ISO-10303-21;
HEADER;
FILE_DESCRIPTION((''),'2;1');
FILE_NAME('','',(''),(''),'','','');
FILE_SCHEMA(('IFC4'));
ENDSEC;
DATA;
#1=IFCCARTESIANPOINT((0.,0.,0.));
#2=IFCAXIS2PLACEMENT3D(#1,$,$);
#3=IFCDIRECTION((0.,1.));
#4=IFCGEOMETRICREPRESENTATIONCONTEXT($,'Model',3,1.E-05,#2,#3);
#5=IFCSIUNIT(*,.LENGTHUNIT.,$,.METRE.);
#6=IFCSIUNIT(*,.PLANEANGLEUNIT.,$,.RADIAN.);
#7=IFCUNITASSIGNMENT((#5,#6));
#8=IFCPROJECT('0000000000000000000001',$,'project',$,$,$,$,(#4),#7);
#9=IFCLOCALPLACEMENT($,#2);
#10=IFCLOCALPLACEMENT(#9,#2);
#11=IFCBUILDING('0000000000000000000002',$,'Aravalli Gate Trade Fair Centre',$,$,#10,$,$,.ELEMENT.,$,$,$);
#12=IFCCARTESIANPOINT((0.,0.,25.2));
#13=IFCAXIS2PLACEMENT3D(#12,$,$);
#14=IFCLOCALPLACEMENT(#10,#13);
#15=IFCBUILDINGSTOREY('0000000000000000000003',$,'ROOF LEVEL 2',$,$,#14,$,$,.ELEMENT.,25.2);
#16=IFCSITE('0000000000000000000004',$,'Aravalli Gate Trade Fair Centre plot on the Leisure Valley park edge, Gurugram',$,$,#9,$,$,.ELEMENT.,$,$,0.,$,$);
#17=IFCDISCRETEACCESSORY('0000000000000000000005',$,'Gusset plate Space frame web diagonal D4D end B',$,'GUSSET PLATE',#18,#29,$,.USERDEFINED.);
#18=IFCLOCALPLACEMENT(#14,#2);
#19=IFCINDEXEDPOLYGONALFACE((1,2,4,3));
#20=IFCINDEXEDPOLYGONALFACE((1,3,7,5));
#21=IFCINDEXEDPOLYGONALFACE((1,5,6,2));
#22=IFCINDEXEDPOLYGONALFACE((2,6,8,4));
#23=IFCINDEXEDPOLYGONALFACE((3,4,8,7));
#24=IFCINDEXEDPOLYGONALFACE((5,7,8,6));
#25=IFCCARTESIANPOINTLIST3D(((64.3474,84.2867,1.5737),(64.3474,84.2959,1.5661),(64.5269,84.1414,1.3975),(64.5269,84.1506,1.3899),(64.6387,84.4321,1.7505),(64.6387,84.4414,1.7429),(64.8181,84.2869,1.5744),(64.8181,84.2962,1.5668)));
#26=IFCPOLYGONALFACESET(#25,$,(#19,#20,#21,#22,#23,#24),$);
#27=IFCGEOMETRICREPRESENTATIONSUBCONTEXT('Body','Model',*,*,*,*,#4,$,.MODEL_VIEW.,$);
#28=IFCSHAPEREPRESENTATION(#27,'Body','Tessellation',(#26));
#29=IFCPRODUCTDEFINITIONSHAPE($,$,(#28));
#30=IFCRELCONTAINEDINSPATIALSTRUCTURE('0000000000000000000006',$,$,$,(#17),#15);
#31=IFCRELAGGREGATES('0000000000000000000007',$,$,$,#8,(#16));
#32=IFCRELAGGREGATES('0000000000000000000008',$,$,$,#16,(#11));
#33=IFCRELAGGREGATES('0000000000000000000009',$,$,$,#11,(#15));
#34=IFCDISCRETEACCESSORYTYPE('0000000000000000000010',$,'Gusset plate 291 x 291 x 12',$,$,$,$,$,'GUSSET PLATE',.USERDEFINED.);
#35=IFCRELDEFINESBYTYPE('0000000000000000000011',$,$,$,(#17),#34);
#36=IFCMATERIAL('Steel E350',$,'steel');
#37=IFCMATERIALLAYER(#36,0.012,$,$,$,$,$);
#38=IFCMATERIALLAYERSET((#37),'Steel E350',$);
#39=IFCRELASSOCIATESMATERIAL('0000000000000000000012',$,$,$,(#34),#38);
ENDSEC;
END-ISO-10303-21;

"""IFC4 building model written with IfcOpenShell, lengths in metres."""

from ifc_helpers import new_model, si_unit, direction, frame, origin, place, context, subcontext, project, spatial, polyline, outline, extrude, material, layer, layer_set, type_object, element, save


model = new_model("IFC4")

# Units and contexts
model_context = context("Model", 3, precision=1e-05, world=origin(), true_north=direction((0.0, 1.0)))
body_context = subcontext(model_context, "Body", "Model", "MODEL_VIEW")
ifc_project = project(units=[si_unit("LENGTHUNIT", "METRE"), si_unit("PLANEANGLEUNIT", "RADIAN")], contexts=[model_context])

# Site, building, storey
site_placement = place(None, origin())
site = spatial("IfcSite", under=ifc_project, at=site_placement, Name="Aravalli Gate Trade Fair Centre plot on the Leisure Valley park edge, Gurugram", CompositionType="ELEMENT", RefElevation=0.0)
building_placement = place(site_placement, origin())
building = spatial("IfcBuilding", under=site, at=building_placement, Name="Aravalli Gate Trade Fair Centre", CompositionType="ELEMENT")
storey_placement = place(building_placement, frame((0.0, 0.0, 25.2)))
storey = spatial("IfcBuildingStorey", under=building, at=storey_placement, Name="ROOF LEVEL 2", CompositionType="ELEMENT", Elevation=25.2)

# Shared definitions
ifc_material = material(Name="Steel E350", Category="steel")

# Discrete accessory
ifc_layer = layer(ifc_material, 0.012)
ifc_layer_set = layer_set([ifc_layer], Name="Steel E350")
discrete_accessory_type = type_object("IfcDiscreteAccessoryType", Name="Gusset plate 291 x 291 x 12", ElementType="GUSSET PLATE", PredefinedType="USERDEFINED", material=ifc_layer_set)
discrete_accessory_1_placement = place(storey_placement, frame((64.6387, 84.4321, 1.7505), z_axis=(-0.000589, -0.771792, 0.635874), x_axis=(-0.78619, -0.392604, -0.477251)))
element("IfcDiscreteAccessory", 1, at=discrete_accessory_1_placement, inside=storey, type_object=discrete_accessory_type, Name="Gusset plate Space frame web diagonal D4D end B", ObjectType="GUSSET PLATE", PredefinedType="USERDEFINED", context=body_context, shape_type="SweptSolid", body=[
    extrude(outline(polyline([(0.0, 0.0), (0.3705, 0.0), (0.3705, 0.2905), (0.0, 0.2903), (0.0, 0.0)])), origin(), (0.0, 0.0, -1.0), 0.012),
])

save(model, "model.ifc")
